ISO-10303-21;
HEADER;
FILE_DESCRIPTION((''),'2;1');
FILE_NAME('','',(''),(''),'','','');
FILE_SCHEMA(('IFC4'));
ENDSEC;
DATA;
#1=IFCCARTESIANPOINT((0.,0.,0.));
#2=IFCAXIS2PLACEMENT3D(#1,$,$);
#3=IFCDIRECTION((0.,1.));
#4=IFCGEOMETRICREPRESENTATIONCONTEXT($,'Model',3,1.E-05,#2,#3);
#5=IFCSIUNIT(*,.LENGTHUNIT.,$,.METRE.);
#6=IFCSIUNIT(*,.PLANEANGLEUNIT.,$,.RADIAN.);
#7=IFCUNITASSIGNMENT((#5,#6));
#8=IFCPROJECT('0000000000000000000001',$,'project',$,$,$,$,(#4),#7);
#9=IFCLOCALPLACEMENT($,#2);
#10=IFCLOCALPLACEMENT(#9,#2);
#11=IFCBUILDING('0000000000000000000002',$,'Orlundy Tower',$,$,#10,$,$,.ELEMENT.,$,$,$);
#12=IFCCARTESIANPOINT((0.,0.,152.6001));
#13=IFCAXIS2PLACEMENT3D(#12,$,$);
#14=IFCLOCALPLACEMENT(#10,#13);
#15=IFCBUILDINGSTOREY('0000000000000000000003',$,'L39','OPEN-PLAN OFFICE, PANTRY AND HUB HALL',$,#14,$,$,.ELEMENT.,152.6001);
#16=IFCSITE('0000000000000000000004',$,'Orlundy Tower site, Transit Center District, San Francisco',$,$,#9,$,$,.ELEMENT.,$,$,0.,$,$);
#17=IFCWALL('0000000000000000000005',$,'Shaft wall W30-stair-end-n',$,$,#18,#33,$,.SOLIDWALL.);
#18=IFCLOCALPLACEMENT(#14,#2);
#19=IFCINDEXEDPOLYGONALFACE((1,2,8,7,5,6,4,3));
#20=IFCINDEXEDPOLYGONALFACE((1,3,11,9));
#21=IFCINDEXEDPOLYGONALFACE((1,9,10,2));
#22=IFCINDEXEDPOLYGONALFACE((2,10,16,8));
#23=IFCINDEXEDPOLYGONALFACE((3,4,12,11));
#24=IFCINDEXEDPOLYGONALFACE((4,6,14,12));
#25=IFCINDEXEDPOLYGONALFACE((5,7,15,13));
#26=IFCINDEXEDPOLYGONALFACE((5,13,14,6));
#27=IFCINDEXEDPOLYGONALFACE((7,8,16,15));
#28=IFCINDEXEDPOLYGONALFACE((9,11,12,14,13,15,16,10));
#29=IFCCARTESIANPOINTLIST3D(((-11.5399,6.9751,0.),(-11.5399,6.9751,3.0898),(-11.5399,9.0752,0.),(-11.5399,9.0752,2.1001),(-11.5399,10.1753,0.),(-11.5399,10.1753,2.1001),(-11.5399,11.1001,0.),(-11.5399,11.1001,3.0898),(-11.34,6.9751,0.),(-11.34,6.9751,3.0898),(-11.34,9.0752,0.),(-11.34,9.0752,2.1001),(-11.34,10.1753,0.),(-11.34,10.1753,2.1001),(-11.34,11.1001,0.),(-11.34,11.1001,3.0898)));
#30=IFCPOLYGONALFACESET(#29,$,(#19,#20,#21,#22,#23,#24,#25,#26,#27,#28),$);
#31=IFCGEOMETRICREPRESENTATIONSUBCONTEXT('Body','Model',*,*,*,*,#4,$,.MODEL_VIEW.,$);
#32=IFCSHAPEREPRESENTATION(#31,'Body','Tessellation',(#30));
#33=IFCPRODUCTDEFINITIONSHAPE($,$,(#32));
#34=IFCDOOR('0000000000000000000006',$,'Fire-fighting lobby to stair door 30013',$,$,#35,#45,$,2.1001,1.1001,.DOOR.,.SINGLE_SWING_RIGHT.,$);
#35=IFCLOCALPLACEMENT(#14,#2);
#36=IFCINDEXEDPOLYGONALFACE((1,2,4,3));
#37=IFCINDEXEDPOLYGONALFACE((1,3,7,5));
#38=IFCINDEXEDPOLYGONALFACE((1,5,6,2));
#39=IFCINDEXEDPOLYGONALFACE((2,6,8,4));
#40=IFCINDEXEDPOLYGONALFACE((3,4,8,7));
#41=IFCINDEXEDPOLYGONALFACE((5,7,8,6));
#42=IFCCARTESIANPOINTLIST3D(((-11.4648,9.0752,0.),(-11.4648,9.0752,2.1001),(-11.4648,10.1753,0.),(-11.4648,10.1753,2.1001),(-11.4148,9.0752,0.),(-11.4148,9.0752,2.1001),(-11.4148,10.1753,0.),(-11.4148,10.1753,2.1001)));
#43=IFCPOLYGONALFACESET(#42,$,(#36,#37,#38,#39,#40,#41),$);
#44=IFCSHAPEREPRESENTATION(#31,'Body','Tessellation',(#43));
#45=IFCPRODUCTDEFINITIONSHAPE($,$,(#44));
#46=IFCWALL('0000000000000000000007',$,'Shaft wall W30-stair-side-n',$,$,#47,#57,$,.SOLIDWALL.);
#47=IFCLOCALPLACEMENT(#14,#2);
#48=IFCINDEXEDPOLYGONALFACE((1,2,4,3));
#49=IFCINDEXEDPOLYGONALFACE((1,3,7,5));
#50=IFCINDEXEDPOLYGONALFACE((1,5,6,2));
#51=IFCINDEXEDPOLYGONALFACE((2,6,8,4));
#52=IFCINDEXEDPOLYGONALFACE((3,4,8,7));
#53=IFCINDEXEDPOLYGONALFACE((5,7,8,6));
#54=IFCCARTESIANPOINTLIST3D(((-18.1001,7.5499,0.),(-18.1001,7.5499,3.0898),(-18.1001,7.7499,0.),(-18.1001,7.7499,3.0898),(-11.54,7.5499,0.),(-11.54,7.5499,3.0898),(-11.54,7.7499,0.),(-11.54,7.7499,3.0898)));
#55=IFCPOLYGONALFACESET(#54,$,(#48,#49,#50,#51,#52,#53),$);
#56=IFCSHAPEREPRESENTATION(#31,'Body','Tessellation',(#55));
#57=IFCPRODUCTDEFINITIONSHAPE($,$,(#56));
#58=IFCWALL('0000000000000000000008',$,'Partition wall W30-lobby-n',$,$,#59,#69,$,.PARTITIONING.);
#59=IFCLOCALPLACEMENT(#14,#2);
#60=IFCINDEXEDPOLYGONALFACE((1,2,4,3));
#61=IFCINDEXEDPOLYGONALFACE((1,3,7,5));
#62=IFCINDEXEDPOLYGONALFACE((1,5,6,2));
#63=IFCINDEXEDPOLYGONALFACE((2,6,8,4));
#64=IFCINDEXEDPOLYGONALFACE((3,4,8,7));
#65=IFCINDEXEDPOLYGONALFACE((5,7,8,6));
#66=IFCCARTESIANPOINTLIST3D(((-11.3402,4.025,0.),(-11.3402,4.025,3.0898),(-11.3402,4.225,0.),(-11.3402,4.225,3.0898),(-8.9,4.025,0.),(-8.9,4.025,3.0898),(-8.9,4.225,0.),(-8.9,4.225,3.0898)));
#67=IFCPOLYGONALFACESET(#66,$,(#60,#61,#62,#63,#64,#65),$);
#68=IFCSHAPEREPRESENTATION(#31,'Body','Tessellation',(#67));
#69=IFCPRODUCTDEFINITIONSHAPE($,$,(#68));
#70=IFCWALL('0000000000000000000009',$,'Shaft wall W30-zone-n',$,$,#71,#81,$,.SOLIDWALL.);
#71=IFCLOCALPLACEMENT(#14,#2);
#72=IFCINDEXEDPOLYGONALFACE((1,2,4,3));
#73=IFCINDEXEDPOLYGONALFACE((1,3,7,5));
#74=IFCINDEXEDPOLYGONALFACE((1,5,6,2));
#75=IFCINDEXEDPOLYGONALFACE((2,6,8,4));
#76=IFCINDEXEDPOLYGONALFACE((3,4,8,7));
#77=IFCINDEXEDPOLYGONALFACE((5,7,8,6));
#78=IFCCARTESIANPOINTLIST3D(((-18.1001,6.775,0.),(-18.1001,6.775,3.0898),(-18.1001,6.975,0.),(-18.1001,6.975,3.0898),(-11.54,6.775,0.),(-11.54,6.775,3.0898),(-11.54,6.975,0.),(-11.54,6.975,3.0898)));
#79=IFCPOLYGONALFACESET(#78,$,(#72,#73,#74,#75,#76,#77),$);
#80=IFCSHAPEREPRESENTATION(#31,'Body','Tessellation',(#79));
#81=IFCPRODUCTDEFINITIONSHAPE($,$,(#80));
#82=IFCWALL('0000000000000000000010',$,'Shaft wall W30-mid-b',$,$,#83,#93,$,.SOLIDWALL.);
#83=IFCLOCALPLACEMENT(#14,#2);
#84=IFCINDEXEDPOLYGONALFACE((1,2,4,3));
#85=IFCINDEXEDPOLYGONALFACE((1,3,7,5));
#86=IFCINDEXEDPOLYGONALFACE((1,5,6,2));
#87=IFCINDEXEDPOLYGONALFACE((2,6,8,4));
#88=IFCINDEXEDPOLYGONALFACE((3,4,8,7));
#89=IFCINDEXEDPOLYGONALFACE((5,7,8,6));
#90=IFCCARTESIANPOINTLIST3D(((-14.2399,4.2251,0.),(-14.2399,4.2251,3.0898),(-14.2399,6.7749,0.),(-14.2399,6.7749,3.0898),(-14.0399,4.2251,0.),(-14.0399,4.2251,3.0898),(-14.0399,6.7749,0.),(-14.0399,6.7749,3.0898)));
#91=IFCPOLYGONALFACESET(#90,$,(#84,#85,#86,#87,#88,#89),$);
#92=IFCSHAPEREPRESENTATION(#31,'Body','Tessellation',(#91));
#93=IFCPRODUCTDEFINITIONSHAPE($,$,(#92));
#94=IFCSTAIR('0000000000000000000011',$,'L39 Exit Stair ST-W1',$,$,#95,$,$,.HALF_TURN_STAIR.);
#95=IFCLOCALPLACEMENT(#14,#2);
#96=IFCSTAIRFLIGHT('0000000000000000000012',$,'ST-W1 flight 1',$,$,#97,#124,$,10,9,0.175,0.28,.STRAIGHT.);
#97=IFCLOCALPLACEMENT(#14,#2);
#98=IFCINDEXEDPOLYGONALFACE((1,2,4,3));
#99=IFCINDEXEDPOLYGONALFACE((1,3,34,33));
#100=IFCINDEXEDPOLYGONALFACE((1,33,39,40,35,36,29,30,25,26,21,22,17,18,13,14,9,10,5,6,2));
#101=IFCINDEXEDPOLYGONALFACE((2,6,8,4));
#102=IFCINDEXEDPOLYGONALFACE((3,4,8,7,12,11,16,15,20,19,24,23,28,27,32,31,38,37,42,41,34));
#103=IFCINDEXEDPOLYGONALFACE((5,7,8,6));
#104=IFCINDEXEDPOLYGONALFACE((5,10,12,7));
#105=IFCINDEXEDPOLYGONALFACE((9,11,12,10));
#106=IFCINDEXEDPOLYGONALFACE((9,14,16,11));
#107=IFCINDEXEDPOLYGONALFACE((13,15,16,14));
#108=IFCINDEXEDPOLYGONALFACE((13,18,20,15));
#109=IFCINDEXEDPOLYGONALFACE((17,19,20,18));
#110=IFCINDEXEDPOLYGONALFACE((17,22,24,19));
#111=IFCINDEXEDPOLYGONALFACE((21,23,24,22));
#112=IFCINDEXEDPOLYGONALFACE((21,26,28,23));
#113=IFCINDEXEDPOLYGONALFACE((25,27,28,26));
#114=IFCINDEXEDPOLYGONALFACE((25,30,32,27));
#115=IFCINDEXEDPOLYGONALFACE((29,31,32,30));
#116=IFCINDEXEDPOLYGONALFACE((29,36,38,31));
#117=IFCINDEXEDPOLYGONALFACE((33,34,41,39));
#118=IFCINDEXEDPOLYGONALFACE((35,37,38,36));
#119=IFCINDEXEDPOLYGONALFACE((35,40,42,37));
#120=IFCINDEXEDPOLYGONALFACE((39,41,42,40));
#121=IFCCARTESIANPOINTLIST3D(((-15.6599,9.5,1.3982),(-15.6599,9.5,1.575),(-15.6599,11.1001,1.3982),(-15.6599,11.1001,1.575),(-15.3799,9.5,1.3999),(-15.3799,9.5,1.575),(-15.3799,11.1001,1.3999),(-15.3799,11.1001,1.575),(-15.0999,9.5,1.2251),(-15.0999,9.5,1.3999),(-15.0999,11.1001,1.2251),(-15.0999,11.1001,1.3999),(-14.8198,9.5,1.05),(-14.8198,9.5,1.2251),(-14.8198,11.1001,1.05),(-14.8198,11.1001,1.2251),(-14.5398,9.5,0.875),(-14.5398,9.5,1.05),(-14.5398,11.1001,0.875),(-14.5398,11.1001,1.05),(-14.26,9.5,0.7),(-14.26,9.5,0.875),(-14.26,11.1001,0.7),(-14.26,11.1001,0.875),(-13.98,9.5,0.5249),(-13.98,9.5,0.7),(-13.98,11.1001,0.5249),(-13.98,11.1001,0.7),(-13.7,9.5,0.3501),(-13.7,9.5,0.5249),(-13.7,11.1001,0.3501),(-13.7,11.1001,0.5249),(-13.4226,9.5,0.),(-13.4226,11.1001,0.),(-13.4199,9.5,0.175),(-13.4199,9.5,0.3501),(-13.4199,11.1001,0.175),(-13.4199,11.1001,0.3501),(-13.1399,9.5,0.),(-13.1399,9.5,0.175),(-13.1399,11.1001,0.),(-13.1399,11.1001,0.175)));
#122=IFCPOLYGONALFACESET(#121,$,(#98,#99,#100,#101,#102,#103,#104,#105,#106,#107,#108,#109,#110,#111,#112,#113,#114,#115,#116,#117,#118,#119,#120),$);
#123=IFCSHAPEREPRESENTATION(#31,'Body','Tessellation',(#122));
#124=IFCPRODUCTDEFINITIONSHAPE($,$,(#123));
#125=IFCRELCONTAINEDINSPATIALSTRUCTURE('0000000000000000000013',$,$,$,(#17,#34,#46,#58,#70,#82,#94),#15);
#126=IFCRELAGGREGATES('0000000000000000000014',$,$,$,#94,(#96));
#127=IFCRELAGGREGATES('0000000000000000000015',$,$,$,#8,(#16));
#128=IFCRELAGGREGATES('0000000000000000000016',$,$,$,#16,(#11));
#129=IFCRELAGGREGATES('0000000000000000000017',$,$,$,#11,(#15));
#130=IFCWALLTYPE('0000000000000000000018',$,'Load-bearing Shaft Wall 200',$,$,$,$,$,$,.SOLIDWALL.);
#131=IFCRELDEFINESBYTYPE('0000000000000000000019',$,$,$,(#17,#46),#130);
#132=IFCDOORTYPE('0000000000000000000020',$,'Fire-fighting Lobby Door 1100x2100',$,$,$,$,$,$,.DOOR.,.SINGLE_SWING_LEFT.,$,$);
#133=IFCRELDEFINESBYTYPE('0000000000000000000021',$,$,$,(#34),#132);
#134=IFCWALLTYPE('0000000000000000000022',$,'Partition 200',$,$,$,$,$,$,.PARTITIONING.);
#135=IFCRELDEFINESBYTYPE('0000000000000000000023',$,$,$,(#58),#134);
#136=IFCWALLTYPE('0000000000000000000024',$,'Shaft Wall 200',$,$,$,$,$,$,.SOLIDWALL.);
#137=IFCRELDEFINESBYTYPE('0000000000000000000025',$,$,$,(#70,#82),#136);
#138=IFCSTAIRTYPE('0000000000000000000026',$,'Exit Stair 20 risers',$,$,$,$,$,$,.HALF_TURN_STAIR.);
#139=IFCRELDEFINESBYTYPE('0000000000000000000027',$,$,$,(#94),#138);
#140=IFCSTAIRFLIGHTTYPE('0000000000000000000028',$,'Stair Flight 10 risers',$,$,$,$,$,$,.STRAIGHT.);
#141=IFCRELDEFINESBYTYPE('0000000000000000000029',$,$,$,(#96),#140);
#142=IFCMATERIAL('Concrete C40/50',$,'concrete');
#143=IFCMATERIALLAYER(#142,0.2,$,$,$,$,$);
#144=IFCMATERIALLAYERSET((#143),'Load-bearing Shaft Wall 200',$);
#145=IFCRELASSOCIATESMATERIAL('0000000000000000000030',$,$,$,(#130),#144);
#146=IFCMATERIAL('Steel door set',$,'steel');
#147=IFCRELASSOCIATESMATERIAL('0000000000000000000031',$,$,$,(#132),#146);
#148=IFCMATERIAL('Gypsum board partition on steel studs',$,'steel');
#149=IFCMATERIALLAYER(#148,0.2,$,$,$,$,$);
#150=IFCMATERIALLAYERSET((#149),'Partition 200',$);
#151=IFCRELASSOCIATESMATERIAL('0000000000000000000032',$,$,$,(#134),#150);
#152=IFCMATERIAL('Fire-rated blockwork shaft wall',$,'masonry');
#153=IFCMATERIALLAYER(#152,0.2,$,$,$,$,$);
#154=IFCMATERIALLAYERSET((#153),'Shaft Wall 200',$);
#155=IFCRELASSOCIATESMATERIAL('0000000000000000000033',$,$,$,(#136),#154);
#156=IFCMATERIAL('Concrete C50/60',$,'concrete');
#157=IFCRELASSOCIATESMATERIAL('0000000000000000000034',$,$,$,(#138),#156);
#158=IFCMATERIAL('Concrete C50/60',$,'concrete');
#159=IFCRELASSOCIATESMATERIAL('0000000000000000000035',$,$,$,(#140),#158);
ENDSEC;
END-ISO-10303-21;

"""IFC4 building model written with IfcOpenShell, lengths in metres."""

from ifc_helpers import new_model, si_unit, direction, frame, frame_2d, origin, place, context, subcontext, project, spatial, polyline, rectangle, outline, extrude, material, layer, layer_set, type_object, element, fill, aggregate, save


model = new_model("IFC4")

# Units and contexts
model_context = context("Model", 3, precision=1e-05, world=origin(), true_north=direction((0.0, 1.0)))
body_context = subcontext(model_context, "Body", "Model", "MODEL_VIEW")
ifc_project = project(units=[si_unit("LENGTHUNIT", "METRE"), si_unit("PLANEANGLEUNIT", "RADIAN")], contexts=[model_context])

# Site, building, storey
site_placement = place(None, origin())
site = spatial("IfcSite", under=ifc_project, at=site_placement, Name="Orlundy Tower site, Transit Center District, San Francisco", CompositionType="ELEMENT", RefElevation=0.0)
building_placement = place(site_placement, origin())
building = spatial("IfcBuilding", under=site, at=building_placement, Name="Orlundy Tower", CompositionType="ELEMENT")
storey_placement = place(building_placement, frame((0.0, 0.0, 152.6001)))
storey = spatial("IfcBuildingStorey", under=building, at=storey_placement, Name="L39", Description="OPEN-PLAN OFFICE, PANTRY AND HUB HALL", CompositionType="ELEMENT", Elevation=152.6001)

# Wall, opening, door
ifc_material_1 = material(Name="Concrete C40/50", Category="concrete")
ifc_layer_1 = layer(ifc_material_1, 0.2)
ifc_layer_set_1 = layer_set([ifc_layer_1], Name="Load-bearing Shaft Wall 200")
wall_type_1 = type_object("IfcWallType", Name="Load-bearing Shaft Wall 200", PredefinedType="SOLIDWALL", material=ifc_layer_set_1)
wall_1_placement = place(storey_placement, frame((-11.4399, 6.9751, 0.0), z_axis=(0.0, 0.0, 1.0), x_axis=(0.0, 1.0, 0.0)))
wall_1 = element("IfcWall", 1, at=wall_1_placement, inside=storey, type_object=wall_type_1, Name="Shaft wall W30-stair-end-n", PredefinedType="SOLIDWALL", context=body_context, shape_type="SweptSolid", body=[
    extrude(rectangle(XDim=4.125, YDim=0.2, at=frame_2d((2.0625, 0.0))), origin(), (0.0, 0.0, 1.0), 3.0898),
])
opening_1_placement = place(wall_1_placement, frame((2.1001, 0.0, 0.0)))
opening_1 = element("IfcOpeningElement", 2, at=opening_1_placement, cuts=wall_1, PredefinedType="OPENING", context=body_context, shape_type="SweptSolid", body=[
    extrude(rectangle(XDim=1.1001, YDim=2.1001, at=frame_2d((0.55, 1.05))), frame((0.0, 0.1101, 0.0), z_axis=(0.0, -1.0, 0.0), x_axis=(1.0, 0.0, 0.0)), (0.0, 0.0, 1.0), 0.2202),
])
ifc_material_2 = material(Name="Steel door set", Category="steel")
door_type_1 = type_object("IfcDoorType", Name="Fire-fighting Lobby Door 1100x2100", OperationType="SINGLE_SWING_LEFT", PredefinedType="DOOR", material=ifc_material_2)
door_1_placement = place(opening_1_placement, origin())
door_1 = element("IfcDoor", 3, at=door_1_placement, inside=storey, type_object=door_type_1, Name="Fire-fighting lobby to stair door 30013", OperationType="SINGLE_SWING_RIGHT", OverallHeight=2.1001, OverallWidth=1.1001, PredefinedType="DOOR", context=body_context, shape_type="SweptSolid", body=[
    extrude(rectangle(XDim=1.1001, YDim=2.1001, at=frame_2d((0.55, 1.05))), frame((0.0, 0.0249, 0.0), z_axis=(0.0, -1.0, 0.0), x_axis=(1.0, 0.0, 0.0)), (0.0, 0.0, 1.0), 0.05),
])
fill(opening_1, door_1)

# Walls
wall_2_placement = place(storey_placement, frame((-11.54, 7.6499, 0.0), z_axis=(0.0, 0.0, 1.0), x_axis=(-1.0, 0.0, 0.0)))
element("IfcWall", 4, at=wall_2_placement, inside=storey, type_object=wall_type_1, Name="Shaft wall W30-stair-side-n", PredefinedType="SOLIDWALL", context=body_context, shape_type="SweptSolid", body=[
    extrude(rectangle(XDim=6.5601, YDim=0.2, at=frame_2d((3.28, 0.0))), origin(), (0.0, 0.0, 1.0), 3.0898),
])
ifc_material_3 = material(Name="Gypsum board partition on steel studs", Category="steel")
ifc_layer_2 = layer(ifc_material_3, 0.2)
ifc_layer_set_2 = layer_set([ifc_layer_2], Name="Partition 200")
wall_type_2 = type_object("IfcWallType", Name="Partition 200", PredefinedType="PARTITIONING", material=ifc_layer_set_2)
wall_3_placement = place(storey_placement, frame((-8.8999, 4.125, 0.0), z_axis=(0.0, 0.0, 1.0), x_axis=(-1.0, 0.0, 0.0)))
element("IfcWall", 5, at=wall_3_placement, inside=storey, type_object=wall_type_2, Name="Partition wall W30-lobby-n", PredefinedType="PARTITIONING", context=body_context, shape_type="SweptSolid", body=[
    extrude(rectangle(XDim=2.4402, YDim=0.2, at=frame_2d((1.2202, 0.0))), origin(), (0.0, 0.0, 1.0), 3.0898),
])
ifc_material_4 = material(Name="Fire-rated blockwork shaft wall", Category="masonry")
ifc_layer_3 = layer(ifc_material_4, 0.2)
ifc_layer_set_3 = layer_set([ifc_layer_3], Name="Shaft Wall 200")
wall_type_3 = type_object("IfcWallType", Name="Shaft Wall 200", PredefinedType="SOLIDWALL", material=ifc_layer_set_3)
wall_4_placement = place(storey_placement, frame((-11.54, 6.875, 0.0), z_axis=(0.0, 0.0, 1.0), x_axis=(-1.0, 0.0, 0.0)))
element("IfcWall", 6, at=wall_4_placement, inside=storey, type_object=wall_type_3, Name="Shaft wall W30-zone-n", PredefinedType="SOLIDWALL", context=body_context, shape_type="SweptSolid", body=[
    extrude(rectangle(XDim=6.5601, YDim=0.2, at=frame_2d((3.28, 0.0))), origin(), (0.0, 0.0, 1.0), 3.0898),
])
wall_5_placement = place(storey_placement, frame((-14.1399, 4.2251, 0.0), z_axis=(0.0, 0.0, 1.0), x_axis=(0.0, 1.0, 0.0)))
element("IfcWall", 7, at=wall_5_placement, inside=storey, type_object=wall_type_3, Name="Shaft wall W30-mid-b", PredefinedType="SOLIDWALL", context=body_context, shape_type="SweptSolid", body=[
    extrude(rectangle(XDim=2.5498, YDim=0.2, at=frame_2d((1.2749, 0.0))), origin(), (0.0, 0.0, 1.0), 3.0898),
])

# Stair, stair flight
ifc_material_5 = material(Name="Concrete C50/60", Category="concrete")
stair_type = type_object("IfcStairType", Name="Exit Stair 20 risers", PredefinedType="HALF_TURN_STAIR", material=ifc_material_5)
stair_placement = place(storey_placement, origin())
stair = element("IfcStair", 8, at=stair_placement, inside=storey, type_object=stair_type, Name="L39 Exit Stair ST-W1", PredefinedType="HALF_TURN_STAIR")
ifc_material_6 = material(Name="Concrete C50/60", Category="concrete")
stair_flight_type = type_object("IfcStairFlightType", Name="Stair Flight 10 risers", PredefinedType="STRAIGHT", material=ifc_material_6)
stair_flight_placement = place(storey_placement, frame((-13.1399, 10.3, 0.0), z_axis=(0.0, 0.0, 1.0), x_axis=(-1.0, 0.0, 0.0)))
stair_flight = element("IfcStairFlight", 9, at=stair_flight_placement, type_object=stair_flight_type, Name="ST-W1 flight 1", NumberOfRisers=10, NumberOfTreads=9, PredefinedType="STRAIGHT", RiserHeight=0.175, TreadLength=0.28, context=body_context, shape_type="SweptSolid", body=[
    extrude(outline(polyline([(0.0, 0.0), (0.0, 0.175), (0.28, 0.175), (0.28, 0.3501), (0.5601, 0.3501), (0.5601, 0.5249), (0.8401, 0.5249), (0.8401, 0.7), (1.1201, 0.7), (1.1201, 0.875), (1.3999, 0.875), (1.3999, 1.05), (1.6799, 1.05), (1.6799, 1.2251), (1.96, 1.2251), (1.96, 1.3999), (2.24, 1.3999), (2.24, 1.575), (2.52, 1.575), (2.52, 1.75), (2.52, 1.3982), (0.2827, 0.0), (0.0, 0.0)])), frame((0.0, 0.8, 0.0), z_axis=(0.0, -1.0, 0.0), x_axis=(1.0, 0.0, 0.0)), (0.0, 0.0, 1.0), 1.6001),
])
aggregate(stair, [stair_flight])

save(model, "model.ifc")
